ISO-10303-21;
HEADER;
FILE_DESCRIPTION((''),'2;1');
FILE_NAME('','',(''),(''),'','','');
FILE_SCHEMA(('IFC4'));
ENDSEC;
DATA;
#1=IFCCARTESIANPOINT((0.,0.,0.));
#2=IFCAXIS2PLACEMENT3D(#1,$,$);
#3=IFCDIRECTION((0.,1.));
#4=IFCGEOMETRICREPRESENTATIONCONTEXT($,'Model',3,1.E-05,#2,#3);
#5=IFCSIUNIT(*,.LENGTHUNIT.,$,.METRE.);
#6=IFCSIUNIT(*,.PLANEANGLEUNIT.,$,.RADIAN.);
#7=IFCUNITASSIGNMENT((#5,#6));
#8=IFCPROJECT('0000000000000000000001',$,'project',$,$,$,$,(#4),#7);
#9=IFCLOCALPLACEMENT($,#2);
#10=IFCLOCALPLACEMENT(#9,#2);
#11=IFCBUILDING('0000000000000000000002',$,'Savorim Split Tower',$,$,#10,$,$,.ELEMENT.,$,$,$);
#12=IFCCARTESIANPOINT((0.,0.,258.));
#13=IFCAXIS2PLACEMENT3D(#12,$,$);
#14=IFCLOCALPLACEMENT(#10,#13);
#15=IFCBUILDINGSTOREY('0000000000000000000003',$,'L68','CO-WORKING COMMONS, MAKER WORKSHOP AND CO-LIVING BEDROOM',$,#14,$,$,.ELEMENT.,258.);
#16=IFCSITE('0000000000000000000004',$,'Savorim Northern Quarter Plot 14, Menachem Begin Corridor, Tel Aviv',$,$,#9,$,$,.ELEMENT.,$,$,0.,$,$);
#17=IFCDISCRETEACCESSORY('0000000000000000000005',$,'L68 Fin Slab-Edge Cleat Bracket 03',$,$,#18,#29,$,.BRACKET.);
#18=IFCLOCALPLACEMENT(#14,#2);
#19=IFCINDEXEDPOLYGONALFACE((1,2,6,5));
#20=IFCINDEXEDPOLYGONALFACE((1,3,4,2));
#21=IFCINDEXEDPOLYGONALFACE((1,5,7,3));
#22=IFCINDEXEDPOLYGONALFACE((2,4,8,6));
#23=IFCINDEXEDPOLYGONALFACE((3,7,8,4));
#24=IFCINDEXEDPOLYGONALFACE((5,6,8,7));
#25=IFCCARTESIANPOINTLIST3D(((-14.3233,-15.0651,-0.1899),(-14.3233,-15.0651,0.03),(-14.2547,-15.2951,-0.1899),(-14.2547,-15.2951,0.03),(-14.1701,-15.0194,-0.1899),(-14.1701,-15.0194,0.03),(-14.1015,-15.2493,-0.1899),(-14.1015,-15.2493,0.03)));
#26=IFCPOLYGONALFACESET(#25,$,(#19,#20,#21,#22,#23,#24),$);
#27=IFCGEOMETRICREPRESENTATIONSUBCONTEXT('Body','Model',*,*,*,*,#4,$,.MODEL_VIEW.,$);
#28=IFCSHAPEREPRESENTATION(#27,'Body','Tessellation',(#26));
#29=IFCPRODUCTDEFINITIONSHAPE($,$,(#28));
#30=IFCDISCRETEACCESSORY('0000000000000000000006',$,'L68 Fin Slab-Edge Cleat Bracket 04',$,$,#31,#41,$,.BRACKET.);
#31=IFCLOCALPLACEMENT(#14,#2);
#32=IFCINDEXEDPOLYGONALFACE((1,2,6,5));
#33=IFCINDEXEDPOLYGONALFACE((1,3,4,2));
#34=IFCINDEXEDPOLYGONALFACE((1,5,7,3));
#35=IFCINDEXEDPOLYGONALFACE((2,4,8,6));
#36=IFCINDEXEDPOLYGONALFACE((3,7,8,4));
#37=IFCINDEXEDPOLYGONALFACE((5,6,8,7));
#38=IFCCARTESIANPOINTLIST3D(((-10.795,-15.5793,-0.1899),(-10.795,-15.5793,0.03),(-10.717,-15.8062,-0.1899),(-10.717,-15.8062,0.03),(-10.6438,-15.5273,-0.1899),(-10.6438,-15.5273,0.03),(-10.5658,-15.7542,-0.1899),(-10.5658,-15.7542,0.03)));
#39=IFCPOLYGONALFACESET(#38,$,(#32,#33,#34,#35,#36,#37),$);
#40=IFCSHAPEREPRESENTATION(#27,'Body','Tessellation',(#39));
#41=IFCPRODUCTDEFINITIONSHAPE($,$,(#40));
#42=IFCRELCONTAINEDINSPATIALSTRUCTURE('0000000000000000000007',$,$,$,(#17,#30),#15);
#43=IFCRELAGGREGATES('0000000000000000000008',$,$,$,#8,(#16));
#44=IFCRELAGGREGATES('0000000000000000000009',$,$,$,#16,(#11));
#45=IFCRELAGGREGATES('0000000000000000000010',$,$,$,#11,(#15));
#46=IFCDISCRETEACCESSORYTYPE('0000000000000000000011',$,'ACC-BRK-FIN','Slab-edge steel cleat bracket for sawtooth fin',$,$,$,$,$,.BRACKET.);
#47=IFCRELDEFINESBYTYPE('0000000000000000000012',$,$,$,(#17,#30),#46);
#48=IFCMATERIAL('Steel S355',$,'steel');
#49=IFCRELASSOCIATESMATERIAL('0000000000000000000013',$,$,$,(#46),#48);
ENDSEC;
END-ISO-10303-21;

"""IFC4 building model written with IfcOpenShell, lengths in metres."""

from ifc_helpers import new_model, si_unit, direction, frame, origin, origin_2d, place, context, subcontext, project, spatial, rectangle, extrude, material, type_object, element, save


model = new_model("IFC4")

# Units and contexts
model_context = context("Model", 3, precision=1e-05, world=origin(), true_north=direction((0.0, 1.0)))
body_context = subcontext(model_context, "Body", "Model", "MODEL_VIEW")
ifc_project = project(units=[si_unit("LENGTHUNIT", "METRE"), si_unit("PLANEANGLEUNIT", "RADIAN")], contexts=[model_context])

# Site, building, storey
site_placement = place(None, origin())
site = spatial("IfcSite", under=ifc_project, at=site_placement, Name="Savorim Northern Quarter Plot 14, Menachem Begin Corridor, Tel Aviv", CompositionType="ELEMENT", RefElevation=0.0)
building_placement = place(site_placement, origin())
building = spatial("IfcBuilding", under=site, at=building_placement, Name="Savorim Split Tower", CompositionType="ELEMENT")
storey_placement = place(building_placement, frame((0.0, 0.0, 258.0)))
storey = spatial("IfcBuildingStorey", under=building, at=storey_placement, Name="L68", Description="CO-WORKING COMMONS, MAKER WORKSHOP AND CO-LIVING BEDROOM", CompositionType="ELEMENT", Elevation=258.0)

# Shared definitions
ifc_material_1 = material(Name="Steel S355", Category="steel")

# Discrete accessories
discrete_accessory_type = type_object("IfcDiscreteAccessoryType", Name="ACC-BRK-FIN", Description="Slab-edge steel cleat bracket for sawtooth fin", PredefinedType="BRACKET", material=ifc_material_1)
for number, where, z_axis, x_axis, name in (
    (1, (-14.2124, -15.1572, -0.1899), (0.0, 0.0, 1.0), (0.286026, -0.958222, 0.0), "L68 Fin Slab-Edge Cleat Bracket 03"),
    (2, (-10.6804, -15.6667, -0.1899), (0.0, 0.0, 1.0), (0.324994, -0.945716, 0.0), "L68 Fin Slab-Edge Cleat Bracket 04"),
):
    element("IfcDiscreteAccessory", number, at=place(storey_placement, frame(where, z_axis=z_axis, x_axis=x_axis)), inside=storey, type_object=discrete_accessory_type, Name=name, PredefinedType="BRACKET", context=body_context, shape_type="SweptSolid", body=[
        extrude(rectangle(XDim=0.24, YDim=0.1599, at=origin_2d()), origin(), (0.0, 0.0, 1.0), 0.22),
    ])

save(model, "model.ifc")
